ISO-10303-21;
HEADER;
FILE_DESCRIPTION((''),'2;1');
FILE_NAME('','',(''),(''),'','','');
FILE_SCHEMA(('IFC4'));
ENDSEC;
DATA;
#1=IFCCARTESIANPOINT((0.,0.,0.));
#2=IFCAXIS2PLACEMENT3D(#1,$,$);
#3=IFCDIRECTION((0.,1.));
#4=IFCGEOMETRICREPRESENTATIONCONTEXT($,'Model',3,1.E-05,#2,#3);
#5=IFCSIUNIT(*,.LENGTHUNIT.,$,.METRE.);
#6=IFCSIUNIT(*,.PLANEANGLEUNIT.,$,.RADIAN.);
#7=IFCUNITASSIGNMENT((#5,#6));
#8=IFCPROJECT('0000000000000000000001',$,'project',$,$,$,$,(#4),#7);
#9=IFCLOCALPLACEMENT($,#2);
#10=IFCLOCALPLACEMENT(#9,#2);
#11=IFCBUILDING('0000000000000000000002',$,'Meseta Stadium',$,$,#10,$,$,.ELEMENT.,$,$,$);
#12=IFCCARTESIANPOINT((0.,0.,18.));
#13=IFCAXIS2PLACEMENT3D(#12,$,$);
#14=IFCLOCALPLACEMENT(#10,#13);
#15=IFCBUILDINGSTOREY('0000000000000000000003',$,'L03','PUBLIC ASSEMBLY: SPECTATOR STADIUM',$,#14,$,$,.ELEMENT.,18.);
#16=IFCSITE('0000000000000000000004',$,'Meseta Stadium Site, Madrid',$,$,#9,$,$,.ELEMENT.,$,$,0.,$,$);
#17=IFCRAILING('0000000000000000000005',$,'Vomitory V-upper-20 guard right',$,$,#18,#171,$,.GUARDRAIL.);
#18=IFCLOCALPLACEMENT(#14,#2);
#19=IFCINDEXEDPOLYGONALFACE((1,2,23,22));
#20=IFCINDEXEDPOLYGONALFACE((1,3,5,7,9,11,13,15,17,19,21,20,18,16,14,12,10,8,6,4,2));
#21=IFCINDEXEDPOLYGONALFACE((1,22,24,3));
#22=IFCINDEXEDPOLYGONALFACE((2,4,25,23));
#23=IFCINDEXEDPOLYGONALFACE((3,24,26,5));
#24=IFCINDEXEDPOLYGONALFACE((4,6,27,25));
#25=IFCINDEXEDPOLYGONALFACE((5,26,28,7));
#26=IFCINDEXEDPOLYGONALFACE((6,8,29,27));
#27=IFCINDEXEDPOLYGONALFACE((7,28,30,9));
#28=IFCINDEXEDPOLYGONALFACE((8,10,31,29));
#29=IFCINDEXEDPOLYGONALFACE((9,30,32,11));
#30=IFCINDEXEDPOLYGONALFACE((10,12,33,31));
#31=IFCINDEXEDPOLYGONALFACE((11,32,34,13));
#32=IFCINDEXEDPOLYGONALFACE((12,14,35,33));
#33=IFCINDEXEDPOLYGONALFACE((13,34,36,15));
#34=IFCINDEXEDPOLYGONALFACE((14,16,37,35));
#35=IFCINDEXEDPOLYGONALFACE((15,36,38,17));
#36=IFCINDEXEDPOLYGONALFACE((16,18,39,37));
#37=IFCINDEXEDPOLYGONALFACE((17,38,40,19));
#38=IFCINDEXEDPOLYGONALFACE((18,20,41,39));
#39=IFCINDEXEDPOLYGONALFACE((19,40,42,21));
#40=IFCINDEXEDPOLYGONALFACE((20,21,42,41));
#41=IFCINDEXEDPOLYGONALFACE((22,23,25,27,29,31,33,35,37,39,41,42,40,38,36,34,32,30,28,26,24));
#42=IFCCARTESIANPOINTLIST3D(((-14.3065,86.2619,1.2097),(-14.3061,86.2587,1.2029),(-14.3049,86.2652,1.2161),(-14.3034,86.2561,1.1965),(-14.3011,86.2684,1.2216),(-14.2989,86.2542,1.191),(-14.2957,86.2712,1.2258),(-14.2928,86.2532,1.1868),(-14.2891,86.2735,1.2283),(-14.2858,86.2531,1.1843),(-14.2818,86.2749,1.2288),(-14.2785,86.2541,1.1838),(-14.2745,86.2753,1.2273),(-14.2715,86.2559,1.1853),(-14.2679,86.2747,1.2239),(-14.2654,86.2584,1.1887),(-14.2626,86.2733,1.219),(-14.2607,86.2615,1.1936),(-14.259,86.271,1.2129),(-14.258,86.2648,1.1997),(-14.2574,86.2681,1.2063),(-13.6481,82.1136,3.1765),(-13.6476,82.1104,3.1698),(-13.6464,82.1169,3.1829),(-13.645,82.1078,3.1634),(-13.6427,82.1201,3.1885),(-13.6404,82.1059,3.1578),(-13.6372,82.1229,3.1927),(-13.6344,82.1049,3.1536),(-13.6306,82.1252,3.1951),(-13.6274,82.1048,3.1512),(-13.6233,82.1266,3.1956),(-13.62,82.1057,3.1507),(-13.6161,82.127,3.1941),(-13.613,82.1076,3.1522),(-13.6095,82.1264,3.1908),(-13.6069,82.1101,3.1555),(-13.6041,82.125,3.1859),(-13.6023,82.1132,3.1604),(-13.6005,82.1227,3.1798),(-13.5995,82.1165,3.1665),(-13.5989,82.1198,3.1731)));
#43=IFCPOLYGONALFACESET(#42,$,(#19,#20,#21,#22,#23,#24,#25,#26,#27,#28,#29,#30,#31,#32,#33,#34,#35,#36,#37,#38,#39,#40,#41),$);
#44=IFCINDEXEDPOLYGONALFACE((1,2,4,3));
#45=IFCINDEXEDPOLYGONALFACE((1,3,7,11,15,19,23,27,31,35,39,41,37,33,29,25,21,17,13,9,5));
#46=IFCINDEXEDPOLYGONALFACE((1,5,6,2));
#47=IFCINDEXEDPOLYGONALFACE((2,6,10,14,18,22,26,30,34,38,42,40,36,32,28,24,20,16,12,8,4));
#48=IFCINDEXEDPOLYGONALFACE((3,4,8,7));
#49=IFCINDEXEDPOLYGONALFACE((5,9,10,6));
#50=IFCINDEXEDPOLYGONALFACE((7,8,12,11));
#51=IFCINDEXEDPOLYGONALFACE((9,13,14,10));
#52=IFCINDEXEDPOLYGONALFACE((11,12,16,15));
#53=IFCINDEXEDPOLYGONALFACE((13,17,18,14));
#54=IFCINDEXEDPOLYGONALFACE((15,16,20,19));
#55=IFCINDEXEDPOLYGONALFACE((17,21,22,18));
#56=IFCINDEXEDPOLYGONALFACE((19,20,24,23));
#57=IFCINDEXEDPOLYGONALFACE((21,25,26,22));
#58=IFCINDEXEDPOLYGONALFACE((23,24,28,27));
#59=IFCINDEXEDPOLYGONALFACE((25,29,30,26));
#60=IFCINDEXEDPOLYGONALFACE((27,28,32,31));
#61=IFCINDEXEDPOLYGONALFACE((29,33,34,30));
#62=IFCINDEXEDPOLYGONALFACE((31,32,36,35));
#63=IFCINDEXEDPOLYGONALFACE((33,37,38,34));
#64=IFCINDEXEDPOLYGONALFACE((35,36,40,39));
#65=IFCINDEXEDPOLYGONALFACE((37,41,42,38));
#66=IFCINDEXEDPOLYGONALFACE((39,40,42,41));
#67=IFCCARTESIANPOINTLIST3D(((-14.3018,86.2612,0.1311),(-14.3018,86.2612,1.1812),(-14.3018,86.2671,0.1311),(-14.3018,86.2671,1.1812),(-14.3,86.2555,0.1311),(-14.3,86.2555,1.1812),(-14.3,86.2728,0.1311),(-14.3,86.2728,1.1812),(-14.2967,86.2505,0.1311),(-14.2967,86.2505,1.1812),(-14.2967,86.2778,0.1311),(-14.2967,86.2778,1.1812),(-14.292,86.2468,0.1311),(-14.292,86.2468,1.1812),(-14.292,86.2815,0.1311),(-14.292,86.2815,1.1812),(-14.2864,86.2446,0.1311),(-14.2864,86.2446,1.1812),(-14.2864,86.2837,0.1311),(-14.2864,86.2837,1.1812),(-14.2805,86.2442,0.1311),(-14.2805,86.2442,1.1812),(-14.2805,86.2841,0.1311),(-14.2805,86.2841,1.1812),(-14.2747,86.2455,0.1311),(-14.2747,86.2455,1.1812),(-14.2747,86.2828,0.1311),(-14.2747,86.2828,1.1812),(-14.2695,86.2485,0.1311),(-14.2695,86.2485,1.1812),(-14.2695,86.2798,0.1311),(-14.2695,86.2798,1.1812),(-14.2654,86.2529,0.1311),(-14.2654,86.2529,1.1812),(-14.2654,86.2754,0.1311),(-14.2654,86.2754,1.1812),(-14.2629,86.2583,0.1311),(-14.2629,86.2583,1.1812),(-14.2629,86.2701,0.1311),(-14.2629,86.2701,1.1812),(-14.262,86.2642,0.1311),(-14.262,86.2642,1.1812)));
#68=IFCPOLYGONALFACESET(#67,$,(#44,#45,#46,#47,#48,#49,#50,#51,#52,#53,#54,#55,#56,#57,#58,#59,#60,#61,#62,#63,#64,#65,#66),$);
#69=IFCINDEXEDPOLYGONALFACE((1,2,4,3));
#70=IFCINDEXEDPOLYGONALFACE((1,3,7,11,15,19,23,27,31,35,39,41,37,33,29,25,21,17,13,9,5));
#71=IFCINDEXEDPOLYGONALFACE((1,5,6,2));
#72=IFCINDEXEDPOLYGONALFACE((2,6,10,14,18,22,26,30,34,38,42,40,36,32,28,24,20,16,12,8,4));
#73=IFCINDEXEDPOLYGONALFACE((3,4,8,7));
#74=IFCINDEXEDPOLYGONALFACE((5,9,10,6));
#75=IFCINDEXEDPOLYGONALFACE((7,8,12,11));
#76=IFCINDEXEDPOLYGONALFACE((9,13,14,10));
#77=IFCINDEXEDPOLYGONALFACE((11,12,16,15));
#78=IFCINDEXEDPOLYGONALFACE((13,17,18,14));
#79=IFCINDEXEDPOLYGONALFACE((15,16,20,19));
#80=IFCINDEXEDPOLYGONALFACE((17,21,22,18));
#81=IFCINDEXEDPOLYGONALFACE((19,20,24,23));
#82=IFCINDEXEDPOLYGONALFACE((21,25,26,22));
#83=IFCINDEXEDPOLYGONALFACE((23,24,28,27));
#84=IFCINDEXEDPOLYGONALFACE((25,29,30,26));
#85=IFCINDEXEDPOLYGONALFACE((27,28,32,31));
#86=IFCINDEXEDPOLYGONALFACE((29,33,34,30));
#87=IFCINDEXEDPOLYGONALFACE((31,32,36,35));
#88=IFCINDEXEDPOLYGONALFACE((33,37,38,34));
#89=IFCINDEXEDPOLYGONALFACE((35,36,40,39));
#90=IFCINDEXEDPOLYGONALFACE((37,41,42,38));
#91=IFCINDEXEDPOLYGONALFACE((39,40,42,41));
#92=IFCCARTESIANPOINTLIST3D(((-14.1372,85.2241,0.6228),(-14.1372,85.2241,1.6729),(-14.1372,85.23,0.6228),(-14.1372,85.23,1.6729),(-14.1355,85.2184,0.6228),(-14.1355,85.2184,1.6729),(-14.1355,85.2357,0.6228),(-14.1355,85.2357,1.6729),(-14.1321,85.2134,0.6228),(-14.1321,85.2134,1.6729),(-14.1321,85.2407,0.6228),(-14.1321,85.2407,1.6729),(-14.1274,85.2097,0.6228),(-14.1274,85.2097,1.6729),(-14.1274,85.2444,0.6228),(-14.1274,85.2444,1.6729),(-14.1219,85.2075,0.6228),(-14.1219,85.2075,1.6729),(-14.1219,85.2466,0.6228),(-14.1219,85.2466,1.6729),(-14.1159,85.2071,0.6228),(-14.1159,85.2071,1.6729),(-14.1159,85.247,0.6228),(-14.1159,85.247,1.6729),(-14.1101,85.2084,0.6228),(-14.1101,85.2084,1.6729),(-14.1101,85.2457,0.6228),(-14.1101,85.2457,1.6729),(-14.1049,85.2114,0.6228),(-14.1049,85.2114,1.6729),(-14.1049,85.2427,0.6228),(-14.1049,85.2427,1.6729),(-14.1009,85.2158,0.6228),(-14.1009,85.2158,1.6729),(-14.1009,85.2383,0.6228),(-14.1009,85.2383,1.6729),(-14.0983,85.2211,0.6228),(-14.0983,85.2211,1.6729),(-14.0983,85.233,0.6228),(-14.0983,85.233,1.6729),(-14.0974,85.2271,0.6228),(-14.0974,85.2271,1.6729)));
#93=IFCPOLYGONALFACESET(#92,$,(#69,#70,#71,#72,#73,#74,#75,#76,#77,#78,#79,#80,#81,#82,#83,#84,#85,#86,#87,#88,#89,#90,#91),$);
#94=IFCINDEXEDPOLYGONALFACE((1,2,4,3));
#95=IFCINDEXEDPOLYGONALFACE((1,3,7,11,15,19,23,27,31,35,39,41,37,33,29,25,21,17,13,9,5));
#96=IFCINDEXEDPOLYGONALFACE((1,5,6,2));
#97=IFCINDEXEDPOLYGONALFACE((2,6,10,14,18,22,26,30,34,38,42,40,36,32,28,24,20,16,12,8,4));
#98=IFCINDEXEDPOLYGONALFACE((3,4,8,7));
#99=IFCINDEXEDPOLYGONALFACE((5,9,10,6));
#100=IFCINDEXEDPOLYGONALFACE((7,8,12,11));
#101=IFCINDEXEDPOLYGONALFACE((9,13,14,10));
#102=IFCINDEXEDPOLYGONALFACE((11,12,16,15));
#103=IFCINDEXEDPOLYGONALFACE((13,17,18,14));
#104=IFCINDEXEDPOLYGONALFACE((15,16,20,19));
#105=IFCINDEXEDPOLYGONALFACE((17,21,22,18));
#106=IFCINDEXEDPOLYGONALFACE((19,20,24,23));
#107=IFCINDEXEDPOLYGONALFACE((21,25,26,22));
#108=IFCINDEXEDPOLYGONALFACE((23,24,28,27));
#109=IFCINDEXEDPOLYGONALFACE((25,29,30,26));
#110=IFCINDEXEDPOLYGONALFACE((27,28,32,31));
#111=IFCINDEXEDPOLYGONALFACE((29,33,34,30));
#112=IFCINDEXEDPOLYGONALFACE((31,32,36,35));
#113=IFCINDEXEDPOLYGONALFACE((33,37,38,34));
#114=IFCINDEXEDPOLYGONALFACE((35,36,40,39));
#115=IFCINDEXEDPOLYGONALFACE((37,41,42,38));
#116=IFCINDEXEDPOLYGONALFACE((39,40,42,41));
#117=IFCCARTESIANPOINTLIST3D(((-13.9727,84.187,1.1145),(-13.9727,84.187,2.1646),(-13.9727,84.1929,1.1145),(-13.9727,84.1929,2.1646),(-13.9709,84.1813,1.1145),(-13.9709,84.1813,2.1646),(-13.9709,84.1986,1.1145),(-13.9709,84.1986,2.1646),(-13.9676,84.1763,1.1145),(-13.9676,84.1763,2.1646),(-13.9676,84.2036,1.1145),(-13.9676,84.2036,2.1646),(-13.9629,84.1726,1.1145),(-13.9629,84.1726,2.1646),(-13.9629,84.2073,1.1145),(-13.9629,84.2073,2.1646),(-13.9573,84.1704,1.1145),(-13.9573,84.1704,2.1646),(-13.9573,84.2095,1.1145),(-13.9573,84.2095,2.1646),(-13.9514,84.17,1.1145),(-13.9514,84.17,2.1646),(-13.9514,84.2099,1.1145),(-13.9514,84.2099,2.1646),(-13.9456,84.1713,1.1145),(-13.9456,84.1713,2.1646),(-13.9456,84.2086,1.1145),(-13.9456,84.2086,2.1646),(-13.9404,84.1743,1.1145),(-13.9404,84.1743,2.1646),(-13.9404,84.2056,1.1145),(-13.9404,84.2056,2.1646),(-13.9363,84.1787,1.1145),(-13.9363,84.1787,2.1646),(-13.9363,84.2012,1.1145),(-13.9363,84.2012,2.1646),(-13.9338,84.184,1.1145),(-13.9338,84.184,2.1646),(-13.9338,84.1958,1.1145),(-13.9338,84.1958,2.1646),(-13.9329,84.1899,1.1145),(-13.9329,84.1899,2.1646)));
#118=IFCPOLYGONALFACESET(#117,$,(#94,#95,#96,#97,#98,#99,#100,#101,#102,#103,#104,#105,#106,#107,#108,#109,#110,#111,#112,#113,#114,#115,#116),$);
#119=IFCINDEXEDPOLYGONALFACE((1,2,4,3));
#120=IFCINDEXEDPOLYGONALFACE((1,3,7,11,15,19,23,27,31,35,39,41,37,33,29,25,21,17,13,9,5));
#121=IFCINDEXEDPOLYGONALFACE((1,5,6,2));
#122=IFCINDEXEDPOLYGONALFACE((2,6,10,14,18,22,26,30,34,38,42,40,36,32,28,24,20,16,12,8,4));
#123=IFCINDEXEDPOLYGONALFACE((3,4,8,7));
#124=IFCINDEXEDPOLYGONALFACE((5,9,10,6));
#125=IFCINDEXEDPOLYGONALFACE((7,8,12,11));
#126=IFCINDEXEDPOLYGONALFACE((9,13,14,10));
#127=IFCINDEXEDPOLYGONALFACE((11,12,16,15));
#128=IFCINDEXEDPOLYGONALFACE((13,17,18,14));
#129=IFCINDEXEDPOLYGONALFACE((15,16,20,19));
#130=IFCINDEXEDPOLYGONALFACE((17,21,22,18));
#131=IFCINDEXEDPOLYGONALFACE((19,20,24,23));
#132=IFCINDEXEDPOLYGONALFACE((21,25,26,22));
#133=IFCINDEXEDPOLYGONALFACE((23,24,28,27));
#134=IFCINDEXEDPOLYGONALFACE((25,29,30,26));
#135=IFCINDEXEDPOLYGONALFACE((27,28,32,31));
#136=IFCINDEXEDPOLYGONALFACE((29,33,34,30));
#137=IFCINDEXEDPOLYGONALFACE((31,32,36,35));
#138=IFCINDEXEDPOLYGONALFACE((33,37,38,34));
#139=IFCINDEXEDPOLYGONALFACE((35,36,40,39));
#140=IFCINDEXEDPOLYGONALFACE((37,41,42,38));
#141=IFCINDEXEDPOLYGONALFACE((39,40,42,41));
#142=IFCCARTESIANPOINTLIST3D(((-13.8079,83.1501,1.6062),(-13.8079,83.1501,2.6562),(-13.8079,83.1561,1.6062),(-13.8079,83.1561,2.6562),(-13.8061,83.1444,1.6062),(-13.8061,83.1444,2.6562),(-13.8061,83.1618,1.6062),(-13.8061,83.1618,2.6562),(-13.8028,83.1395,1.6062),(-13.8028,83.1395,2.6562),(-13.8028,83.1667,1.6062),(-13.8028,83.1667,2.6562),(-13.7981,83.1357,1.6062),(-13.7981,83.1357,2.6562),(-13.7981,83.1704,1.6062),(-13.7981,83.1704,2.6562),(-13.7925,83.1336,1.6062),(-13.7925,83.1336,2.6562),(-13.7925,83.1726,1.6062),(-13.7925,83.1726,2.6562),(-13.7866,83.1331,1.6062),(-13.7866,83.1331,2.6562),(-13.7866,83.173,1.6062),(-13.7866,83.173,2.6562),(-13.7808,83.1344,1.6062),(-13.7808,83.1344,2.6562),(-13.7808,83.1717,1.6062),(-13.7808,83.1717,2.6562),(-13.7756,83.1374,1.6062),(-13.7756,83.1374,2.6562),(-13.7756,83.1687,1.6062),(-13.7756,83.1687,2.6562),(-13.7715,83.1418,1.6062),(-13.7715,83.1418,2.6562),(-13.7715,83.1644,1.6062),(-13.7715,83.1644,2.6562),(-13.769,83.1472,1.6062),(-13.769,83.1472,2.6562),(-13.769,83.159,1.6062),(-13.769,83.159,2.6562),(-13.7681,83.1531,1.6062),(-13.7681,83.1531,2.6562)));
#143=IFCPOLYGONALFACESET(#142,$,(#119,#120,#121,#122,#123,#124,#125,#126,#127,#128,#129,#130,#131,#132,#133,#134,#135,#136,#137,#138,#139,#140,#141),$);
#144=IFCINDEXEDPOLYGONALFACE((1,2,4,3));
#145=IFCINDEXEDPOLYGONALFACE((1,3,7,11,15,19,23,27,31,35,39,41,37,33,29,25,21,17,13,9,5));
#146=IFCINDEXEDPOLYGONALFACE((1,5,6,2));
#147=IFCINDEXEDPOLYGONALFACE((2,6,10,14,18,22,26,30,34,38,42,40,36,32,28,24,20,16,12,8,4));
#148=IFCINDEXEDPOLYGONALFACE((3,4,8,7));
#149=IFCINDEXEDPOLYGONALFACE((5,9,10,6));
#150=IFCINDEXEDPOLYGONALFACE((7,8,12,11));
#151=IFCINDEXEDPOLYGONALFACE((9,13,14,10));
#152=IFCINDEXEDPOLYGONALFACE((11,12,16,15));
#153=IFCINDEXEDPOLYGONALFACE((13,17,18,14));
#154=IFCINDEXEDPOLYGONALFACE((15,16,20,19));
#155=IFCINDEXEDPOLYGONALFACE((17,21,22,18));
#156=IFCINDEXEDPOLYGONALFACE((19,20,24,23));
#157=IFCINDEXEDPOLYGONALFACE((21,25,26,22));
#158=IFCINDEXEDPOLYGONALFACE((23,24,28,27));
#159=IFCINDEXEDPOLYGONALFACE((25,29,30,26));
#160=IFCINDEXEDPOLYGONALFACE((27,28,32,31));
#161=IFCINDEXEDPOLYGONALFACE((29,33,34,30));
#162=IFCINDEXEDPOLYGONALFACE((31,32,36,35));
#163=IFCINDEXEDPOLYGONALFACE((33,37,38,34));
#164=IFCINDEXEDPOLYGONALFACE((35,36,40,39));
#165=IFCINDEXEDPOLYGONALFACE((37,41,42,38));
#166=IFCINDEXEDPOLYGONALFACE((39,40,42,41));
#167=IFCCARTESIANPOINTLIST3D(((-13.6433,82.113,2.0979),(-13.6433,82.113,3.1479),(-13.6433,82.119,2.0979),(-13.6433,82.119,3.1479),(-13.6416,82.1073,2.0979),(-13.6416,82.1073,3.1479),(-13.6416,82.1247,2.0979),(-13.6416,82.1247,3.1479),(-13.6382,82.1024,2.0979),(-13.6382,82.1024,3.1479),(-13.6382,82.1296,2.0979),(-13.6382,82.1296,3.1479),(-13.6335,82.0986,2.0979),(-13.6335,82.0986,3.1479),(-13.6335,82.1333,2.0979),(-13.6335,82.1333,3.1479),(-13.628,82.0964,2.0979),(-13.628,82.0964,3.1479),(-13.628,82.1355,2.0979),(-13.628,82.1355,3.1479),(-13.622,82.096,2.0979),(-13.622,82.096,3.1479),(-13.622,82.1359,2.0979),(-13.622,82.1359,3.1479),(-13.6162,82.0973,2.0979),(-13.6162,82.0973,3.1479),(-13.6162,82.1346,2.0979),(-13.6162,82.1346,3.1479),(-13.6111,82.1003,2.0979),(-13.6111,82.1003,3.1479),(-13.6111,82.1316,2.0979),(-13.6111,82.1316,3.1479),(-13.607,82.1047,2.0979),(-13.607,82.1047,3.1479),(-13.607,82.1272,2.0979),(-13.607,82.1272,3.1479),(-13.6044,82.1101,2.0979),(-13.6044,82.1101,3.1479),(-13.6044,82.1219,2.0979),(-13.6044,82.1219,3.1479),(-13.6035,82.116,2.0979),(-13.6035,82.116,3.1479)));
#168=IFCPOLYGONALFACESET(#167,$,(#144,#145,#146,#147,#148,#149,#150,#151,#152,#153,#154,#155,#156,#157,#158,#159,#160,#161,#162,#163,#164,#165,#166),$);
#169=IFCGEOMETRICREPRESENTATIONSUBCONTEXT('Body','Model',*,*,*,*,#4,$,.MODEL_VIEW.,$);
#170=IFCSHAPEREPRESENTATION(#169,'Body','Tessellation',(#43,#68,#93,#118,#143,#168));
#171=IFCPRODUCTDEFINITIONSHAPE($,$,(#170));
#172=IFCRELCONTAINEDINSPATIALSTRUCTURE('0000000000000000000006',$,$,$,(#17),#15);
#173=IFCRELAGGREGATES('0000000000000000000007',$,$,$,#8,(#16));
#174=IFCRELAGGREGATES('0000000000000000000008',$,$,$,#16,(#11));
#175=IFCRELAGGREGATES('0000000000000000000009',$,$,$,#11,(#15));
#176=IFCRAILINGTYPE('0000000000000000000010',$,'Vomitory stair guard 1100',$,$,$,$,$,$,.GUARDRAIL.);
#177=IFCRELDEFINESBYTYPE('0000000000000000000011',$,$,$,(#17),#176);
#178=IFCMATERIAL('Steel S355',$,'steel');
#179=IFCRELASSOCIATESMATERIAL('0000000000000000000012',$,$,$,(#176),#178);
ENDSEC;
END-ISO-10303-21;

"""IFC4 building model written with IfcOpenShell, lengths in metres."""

from ifc_helpers import new_model, si_unit, direction, frame, origin, origin_2d, place, context, subcontext, project, spatial, circle, extrude, material, type_object, element, save


model = new_model("IFC4")

# Units and contexts
model_context = context("Model", 3, precision=1e-05, world=origin(), true_north=direction((0.0, 1.0)))
body_context = subcontext(model_context, "Body", "Model", "MODEL_VIEW")
ifc_project = project(units=[si_unit("LENGTHUNIT", "METRE"), si_unit("PLANEANGLEUNIT", "RADIAN")], contexts=[model_context])

# Site, building, storey
site_placement = place(None, origin())
site = spatial("IfcSite", under=ifc_project, at=site_placement, Name="Meseta Stadium Site, Madrid", CompositionType="ELEMENT", RefElevation=0.0)
building_placement = place(site_placement, origin())
building = spatial("IfcBuilding", under=site, at=building_placement, Name="Meseta Stadium", CompositionType="ELEMENT")
storey_placement = place(building_placement, frame((0.0, 0.0, 18.0)))
storey = spatial("IfcBuildingStorey", under=building, at=storey_placement, Name="L03", Description="PUBLIC ASSEMBLY: SPECTATOR STADIUM", CompositionType="ELEMENT", Elevation=18.0)

# Railing
ifc_material_1 = material(Name="Steel S355", Category="steel")
railing_type_1 = type_object("IfcRailingType", Name="Vomitory stair guard 1100", PredefinedType="GUARDRAIL", material=ifc_material_1)
for number, where, name in (
    (1, (-14.282, 86.2642, 0.1311), "Vomitory V-upper-20 guard right"),
):
    element("IfcRailing", number, at=place(storey_placement, frame(where)), inside=storey, type_object=railing_type_1, Name=name, PredefinedType="GUARDRAIL", context=body_context, shape_type="SweptSolid", body=[
        extrude(circle(Radius=0.0249, at=origin_2d()), frame((0.0, 0.0, 1.0752), z_axis=(0.141974, -0.894428, 0.424078), x_axis=(0.987635, 0.156768, 0.0)), (0.0, 0.0, 1.0), 4.6379),
        extrude(circle(Radius=0.02, at=origin_2d()), origin(), (0.0, 0.0, 1.0), 1.05),
        extrude(circle(Radius=0.02, at=origin_2d()), frame((0.1646, -1.0371, 0.4917)), (0.0, 0.0, 1.0), 1.05),
        extrude(circle(Radius=0.02, at=origin_2d()), frame((0.3291, -2.0742, 0.9834)), (0.0, 0.0, 1.0), 1.05),
        extrude(circle(Radius=0.02, at=origin_2d()), frame((0.4939, -3.1111, 1.4751)), (0.0, 0.0, 1.0), 1.05),
        extrude(circle(Radius=0.02, at=origin_2d()), frame((0.6584, -4.1482, 1.9668)), (0.0, 0.0, 1.0), 1.05),
    ])

save(model, "model.ifc")
